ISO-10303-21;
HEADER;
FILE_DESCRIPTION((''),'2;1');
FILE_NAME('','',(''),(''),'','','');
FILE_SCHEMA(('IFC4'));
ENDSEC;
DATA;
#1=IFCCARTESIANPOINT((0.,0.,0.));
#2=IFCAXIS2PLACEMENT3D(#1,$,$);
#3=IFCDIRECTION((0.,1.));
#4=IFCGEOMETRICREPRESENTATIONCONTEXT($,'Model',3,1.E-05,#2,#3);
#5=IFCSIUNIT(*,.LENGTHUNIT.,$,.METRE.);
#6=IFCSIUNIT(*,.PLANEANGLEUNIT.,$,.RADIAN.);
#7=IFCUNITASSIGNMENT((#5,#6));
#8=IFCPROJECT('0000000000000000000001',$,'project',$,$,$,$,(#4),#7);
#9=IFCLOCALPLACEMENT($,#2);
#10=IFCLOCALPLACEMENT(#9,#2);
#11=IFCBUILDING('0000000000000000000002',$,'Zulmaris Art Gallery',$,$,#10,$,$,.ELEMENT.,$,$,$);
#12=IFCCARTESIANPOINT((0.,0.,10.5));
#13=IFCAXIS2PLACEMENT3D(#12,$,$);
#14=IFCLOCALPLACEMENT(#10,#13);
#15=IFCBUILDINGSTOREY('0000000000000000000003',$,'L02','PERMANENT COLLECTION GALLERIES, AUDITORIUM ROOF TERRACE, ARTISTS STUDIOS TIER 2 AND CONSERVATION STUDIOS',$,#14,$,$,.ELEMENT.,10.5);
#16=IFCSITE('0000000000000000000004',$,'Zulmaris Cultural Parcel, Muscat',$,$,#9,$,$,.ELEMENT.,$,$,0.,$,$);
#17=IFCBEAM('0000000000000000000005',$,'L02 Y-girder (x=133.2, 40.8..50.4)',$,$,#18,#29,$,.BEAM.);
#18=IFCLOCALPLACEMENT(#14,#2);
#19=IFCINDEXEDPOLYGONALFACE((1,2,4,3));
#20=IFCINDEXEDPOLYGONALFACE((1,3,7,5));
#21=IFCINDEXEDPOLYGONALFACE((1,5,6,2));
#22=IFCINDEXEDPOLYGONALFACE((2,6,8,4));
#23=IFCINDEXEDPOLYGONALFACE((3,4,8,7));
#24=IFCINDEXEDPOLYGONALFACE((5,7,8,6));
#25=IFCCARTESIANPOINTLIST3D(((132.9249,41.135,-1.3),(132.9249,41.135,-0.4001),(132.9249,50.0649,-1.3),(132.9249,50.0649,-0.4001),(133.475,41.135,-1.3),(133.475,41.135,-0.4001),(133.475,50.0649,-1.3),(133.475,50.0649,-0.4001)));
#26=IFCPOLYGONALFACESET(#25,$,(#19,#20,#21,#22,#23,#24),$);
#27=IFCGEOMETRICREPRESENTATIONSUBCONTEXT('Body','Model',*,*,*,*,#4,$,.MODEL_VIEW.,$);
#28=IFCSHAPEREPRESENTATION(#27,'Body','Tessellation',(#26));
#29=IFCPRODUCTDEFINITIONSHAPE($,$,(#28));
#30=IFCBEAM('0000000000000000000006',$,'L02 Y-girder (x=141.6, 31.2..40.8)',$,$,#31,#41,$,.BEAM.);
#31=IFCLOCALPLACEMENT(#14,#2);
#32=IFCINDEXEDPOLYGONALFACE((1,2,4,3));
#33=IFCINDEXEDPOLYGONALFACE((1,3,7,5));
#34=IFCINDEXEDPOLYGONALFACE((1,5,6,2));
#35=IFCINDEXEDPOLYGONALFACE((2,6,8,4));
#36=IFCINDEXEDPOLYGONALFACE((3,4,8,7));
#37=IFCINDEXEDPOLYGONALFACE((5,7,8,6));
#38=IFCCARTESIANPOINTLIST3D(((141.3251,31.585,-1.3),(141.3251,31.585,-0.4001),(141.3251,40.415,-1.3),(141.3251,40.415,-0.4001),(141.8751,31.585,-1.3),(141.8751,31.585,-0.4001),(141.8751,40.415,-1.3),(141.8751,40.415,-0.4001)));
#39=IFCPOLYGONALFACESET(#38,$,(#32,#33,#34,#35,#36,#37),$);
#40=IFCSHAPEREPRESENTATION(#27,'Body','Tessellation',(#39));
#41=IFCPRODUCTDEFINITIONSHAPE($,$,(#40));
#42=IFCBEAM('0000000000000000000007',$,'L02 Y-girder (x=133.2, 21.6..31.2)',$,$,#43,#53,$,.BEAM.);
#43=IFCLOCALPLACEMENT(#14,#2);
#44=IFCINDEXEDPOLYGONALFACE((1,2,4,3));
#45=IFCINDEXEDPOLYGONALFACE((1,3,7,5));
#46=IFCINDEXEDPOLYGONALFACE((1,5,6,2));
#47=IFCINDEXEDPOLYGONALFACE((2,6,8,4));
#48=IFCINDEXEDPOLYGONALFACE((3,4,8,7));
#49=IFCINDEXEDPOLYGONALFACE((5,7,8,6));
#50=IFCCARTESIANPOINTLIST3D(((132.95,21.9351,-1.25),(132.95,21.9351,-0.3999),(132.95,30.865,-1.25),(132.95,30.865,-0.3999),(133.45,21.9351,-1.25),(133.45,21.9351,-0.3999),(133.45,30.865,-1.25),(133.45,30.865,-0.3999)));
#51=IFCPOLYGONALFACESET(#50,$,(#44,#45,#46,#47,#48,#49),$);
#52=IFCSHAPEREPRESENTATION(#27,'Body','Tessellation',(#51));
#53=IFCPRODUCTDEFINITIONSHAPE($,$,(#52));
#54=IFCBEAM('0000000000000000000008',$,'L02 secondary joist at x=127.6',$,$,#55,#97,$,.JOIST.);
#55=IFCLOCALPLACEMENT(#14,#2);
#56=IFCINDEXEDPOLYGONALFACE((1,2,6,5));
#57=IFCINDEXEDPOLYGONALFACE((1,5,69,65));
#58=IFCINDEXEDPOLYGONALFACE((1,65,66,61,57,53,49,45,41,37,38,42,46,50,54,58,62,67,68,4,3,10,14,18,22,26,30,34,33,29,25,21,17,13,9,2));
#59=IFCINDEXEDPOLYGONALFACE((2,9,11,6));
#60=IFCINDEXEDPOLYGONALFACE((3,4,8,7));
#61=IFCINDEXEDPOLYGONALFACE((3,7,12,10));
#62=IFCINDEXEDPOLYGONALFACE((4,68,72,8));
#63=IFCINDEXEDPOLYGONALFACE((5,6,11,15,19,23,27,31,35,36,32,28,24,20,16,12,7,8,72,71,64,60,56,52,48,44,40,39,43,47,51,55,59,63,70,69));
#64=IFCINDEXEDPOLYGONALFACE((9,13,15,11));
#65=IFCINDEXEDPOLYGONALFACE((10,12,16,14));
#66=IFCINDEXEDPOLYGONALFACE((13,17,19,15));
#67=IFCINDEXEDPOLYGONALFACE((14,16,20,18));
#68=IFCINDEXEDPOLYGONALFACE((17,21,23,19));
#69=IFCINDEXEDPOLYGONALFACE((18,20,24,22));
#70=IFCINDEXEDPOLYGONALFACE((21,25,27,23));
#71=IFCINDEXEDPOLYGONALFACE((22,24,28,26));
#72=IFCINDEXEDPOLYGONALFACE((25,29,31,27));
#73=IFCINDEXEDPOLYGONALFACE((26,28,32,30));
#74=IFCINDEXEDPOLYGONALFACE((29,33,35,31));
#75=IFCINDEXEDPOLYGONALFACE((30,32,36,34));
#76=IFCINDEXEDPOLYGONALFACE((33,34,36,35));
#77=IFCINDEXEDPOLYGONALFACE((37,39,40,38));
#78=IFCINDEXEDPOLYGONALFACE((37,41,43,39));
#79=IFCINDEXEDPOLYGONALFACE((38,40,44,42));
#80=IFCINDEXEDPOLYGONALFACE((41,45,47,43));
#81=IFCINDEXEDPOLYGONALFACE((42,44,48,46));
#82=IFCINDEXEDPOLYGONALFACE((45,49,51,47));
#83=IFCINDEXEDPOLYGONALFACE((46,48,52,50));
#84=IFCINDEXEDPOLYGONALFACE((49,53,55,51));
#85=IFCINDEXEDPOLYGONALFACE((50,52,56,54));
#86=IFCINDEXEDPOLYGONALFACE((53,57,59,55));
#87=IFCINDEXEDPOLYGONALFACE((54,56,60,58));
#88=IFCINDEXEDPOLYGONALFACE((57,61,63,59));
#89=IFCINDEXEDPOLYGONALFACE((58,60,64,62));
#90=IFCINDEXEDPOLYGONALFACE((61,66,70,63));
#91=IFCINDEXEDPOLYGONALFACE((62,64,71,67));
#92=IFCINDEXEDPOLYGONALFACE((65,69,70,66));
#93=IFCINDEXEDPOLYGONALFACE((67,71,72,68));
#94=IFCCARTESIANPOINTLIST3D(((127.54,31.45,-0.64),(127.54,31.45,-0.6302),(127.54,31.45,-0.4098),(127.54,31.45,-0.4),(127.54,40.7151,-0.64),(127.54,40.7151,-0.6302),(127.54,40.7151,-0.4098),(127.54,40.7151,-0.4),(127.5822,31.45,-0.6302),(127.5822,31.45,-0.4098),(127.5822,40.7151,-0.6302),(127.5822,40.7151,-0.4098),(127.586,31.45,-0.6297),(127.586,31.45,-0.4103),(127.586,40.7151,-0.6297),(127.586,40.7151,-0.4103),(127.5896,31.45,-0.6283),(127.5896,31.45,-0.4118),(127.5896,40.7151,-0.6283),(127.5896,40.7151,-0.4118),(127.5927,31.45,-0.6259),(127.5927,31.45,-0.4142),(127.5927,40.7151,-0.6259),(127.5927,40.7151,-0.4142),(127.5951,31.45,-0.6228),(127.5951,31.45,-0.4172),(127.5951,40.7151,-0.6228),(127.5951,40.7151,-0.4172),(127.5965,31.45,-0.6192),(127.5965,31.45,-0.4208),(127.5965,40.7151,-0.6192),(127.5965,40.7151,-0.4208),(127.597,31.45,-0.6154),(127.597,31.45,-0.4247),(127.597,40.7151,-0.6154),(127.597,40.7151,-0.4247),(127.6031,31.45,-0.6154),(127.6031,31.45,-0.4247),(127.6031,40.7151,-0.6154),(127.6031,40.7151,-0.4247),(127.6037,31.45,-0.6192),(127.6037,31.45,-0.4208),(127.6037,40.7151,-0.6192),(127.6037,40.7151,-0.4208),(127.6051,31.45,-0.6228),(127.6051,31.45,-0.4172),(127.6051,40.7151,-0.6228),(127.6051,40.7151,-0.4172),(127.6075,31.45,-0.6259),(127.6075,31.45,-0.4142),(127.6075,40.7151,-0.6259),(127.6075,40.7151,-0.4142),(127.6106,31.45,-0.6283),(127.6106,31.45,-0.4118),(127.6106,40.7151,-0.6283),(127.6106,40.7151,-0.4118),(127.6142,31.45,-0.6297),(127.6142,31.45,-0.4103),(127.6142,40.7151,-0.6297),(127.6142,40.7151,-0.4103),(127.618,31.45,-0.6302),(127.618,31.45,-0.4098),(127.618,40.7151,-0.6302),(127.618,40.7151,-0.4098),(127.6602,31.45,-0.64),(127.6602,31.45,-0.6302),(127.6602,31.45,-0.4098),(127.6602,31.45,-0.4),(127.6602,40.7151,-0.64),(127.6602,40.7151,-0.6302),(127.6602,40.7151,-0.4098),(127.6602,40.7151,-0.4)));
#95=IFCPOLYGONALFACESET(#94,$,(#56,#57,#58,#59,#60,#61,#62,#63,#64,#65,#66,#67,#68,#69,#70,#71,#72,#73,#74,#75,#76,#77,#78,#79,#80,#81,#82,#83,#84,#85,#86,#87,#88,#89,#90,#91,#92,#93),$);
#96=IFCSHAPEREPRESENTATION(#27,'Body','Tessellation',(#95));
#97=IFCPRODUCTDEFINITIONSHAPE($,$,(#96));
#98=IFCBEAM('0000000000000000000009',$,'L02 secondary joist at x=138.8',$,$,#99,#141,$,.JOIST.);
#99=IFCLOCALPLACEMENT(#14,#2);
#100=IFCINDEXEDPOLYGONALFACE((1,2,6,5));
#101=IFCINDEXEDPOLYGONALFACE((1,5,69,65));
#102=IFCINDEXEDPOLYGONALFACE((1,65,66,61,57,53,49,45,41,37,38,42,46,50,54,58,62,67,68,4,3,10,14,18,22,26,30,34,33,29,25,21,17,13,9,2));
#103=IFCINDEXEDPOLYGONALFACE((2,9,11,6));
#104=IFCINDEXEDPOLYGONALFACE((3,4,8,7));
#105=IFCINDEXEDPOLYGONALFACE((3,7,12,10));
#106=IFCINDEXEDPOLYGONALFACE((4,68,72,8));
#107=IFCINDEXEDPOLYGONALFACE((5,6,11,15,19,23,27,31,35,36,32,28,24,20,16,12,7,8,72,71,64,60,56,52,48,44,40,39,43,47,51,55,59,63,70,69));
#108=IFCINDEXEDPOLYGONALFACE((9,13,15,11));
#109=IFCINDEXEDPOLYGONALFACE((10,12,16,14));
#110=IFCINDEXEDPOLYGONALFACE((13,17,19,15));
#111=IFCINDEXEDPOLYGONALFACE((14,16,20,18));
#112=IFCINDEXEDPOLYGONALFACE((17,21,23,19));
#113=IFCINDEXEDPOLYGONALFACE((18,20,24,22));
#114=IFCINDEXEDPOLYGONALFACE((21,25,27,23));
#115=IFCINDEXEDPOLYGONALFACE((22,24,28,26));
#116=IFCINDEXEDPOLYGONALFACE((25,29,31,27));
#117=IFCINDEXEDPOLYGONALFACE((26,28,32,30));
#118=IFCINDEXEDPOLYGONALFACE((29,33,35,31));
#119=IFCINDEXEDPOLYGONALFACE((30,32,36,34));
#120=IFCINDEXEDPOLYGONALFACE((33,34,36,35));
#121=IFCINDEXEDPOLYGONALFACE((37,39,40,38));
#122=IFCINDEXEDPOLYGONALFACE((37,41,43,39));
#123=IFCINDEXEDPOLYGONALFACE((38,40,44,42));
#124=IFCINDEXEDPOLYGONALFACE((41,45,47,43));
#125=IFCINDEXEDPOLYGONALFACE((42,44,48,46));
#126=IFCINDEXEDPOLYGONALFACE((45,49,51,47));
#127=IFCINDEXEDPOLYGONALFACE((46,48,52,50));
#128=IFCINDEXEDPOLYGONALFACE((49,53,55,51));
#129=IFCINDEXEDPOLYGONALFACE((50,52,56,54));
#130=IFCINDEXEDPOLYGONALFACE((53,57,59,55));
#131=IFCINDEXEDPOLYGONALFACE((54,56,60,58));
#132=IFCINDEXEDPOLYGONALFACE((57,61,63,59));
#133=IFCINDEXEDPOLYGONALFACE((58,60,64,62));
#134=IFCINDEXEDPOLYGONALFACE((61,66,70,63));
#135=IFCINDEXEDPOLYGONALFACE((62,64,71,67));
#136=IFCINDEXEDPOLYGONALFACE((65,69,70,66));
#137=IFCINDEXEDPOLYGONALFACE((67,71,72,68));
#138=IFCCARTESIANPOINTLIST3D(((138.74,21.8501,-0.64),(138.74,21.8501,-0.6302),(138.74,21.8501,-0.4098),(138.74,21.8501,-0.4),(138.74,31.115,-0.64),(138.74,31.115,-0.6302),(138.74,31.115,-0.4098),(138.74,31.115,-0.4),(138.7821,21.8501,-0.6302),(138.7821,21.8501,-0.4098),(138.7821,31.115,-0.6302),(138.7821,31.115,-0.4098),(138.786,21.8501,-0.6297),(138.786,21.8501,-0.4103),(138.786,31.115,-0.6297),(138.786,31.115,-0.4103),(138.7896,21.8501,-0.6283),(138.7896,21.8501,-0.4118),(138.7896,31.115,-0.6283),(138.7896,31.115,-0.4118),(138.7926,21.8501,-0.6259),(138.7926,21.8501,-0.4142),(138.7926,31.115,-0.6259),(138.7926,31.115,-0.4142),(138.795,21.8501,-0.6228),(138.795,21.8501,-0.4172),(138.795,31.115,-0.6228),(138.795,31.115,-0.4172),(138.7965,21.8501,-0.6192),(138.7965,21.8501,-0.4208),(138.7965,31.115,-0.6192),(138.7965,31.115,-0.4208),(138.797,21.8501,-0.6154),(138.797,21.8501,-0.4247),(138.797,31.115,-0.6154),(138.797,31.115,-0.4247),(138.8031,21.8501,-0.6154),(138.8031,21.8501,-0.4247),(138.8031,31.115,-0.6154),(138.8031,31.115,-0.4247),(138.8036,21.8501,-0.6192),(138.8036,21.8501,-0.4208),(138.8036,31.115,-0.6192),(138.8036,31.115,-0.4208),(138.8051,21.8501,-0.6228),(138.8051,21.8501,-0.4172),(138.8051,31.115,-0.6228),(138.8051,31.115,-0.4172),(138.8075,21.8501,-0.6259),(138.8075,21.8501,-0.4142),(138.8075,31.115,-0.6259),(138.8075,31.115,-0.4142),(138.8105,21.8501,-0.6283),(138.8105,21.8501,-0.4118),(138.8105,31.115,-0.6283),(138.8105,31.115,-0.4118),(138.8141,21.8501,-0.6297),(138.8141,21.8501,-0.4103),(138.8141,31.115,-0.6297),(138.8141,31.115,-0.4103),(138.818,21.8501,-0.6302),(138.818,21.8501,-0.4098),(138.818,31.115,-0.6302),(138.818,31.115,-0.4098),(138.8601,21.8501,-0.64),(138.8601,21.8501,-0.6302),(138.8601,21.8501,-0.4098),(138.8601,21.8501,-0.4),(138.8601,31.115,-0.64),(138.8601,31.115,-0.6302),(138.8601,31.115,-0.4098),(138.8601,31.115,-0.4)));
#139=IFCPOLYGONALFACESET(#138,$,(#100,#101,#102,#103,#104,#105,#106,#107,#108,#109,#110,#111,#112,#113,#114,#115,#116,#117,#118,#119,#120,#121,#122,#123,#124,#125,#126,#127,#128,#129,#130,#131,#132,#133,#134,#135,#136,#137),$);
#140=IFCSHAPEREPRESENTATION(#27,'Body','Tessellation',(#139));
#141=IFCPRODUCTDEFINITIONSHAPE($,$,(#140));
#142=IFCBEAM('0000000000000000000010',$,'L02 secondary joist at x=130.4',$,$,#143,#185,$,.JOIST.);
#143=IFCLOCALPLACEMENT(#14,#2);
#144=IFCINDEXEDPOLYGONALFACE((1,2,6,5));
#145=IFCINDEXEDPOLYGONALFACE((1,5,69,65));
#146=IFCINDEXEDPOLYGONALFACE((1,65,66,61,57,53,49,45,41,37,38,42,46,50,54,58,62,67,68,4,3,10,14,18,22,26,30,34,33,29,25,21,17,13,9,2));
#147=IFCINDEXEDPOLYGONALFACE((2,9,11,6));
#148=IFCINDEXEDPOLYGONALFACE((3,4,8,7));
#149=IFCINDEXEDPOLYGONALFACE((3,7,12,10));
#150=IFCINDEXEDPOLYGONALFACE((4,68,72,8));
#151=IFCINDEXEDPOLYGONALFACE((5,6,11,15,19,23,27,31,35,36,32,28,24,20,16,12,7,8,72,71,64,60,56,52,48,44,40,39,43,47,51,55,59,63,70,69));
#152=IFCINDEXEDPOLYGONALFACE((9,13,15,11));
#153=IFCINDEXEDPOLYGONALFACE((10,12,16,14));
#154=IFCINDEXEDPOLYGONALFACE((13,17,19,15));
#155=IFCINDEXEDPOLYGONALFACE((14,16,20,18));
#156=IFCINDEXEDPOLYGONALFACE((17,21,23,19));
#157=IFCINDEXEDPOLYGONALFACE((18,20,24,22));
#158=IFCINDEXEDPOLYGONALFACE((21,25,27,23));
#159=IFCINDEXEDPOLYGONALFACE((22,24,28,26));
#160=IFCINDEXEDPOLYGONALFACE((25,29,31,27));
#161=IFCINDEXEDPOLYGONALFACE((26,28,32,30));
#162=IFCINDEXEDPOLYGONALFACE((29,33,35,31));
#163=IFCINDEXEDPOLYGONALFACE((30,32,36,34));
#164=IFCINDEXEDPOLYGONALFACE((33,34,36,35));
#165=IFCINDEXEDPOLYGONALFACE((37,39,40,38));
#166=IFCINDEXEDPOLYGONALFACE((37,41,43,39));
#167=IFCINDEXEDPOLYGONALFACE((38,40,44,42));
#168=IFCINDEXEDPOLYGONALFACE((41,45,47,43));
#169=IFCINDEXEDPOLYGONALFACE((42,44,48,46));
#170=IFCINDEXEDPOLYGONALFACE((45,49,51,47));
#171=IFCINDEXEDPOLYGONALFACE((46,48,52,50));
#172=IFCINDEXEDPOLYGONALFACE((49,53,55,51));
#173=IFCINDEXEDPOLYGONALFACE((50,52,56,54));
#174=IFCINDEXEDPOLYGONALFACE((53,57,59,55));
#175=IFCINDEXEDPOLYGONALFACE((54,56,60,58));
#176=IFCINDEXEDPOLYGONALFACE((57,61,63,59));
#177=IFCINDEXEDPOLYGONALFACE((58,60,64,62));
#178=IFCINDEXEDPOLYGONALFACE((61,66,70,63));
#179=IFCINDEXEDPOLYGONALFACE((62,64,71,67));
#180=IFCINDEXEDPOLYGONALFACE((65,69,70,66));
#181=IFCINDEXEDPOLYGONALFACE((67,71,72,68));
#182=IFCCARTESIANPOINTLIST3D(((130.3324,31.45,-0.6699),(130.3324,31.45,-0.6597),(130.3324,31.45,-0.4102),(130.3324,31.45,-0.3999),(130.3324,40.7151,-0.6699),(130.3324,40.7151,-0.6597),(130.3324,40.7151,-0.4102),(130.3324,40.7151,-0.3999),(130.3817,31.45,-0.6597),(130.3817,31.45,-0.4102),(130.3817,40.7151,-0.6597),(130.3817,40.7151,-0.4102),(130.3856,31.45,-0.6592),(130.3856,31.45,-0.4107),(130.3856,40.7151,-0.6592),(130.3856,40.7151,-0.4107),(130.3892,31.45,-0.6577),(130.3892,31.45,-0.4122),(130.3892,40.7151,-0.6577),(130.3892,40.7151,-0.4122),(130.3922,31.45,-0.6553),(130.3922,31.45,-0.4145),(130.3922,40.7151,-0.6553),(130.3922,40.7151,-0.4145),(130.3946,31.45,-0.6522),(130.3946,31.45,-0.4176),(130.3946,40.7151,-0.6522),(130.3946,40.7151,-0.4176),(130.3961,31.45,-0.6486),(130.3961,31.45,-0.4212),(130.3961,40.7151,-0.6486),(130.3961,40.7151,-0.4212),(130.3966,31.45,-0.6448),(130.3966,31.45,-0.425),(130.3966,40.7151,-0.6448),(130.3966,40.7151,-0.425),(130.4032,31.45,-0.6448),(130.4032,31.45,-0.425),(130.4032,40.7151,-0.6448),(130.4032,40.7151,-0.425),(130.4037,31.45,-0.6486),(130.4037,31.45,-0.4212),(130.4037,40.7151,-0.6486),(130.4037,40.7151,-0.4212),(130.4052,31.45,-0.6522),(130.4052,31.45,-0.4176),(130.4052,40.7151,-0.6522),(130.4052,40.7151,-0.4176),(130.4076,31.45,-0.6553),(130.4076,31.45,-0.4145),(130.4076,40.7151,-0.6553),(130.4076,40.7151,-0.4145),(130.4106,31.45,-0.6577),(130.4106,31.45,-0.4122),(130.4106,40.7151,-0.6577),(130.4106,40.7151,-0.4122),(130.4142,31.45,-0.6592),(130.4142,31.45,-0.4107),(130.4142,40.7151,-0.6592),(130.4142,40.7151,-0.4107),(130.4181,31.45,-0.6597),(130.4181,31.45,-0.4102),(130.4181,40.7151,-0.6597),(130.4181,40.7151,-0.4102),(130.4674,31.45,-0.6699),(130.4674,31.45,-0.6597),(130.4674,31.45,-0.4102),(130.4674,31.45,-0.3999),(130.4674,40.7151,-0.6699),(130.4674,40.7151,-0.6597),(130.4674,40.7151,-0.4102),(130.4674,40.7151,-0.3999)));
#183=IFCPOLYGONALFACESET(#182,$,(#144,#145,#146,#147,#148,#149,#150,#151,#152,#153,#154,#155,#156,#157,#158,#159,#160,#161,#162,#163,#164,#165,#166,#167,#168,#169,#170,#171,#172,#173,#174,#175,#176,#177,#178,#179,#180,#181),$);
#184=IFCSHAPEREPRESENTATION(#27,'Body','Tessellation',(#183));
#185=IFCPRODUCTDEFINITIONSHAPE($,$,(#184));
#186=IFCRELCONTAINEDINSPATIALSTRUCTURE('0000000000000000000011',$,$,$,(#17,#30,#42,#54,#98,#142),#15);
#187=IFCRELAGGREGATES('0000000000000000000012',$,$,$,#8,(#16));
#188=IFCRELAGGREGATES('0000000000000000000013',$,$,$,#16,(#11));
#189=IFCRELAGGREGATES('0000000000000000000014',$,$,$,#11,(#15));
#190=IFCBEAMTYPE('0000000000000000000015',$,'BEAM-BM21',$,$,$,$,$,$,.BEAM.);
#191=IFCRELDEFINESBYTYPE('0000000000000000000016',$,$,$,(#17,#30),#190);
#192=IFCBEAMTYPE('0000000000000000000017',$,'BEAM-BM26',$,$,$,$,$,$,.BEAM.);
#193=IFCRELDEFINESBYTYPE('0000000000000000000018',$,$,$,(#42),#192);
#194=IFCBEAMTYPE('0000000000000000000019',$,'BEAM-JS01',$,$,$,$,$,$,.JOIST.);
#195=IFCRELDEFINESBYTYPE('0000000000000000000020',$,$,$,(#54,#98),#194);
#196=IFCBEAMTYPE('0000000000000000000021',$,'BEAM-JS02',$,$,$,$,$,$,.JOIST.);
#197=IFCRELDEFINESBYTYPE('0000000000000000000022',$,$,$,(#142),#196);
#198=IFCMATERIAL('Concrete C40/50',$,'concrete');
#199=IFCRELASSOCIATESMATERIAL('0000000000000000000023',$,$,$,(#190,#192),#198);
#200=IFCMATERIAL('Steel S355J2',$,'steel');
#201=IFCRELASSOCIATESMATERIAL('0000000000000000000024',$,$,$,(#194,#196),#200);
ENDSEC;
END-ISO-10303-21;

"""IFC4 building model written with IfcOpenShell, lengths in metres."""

from ifc_helpers import new_model, si_unit, direction, frame, origin, origin_2d, place, context, subcontext, project, spatial, rectangle, i_section, extrude, material, material_profile, profile_set, type_object, element, save


model = new_model("IFC4")

# Units and contexts
model_context = context("Model", 3, precision=1e-05, world=origin(), true_north=direction((0.0, 1.0)))
body_context = subcontext(model_context, "Body", "Model", "MODEL_VIEW")
ifc_project = project(units=[si_unit("LENGTHUNIT", "METRE"), si_unit("PLANEANGLEUNIT", "RADIAN")], contexts=[model_context])

# Site, building, storey
site_placement = place(None, origin())
site = spatial("IfcSite", under=ifc_project, at=site_placement, Name="Zulmaris Cultural Parcel, Muscat", CompositionType="ELEMENT", RefElevation=0.0)
building_placement = place(site_placement, origin())
building = spatial("IfcBuilding", under=site, at=building_placement, Name="Zulmaris Art Gallery", CompositionType="ELEMENT")
storey_placement = place(building_placement, frame((0.0, 0.0, 10.5)))
storey = spatial("IfcBuildingStorey", under=building, at=storey_placement, Name="L02", Description="PERMANENT COLLECTION GALLERIES, AUDITORIUM ROOF TERRACE, ARTISTS STUDIOS TIER 2 AND CONSERVATION STUDIOS", CompositionType="ELEMENT", Elevation=10.5)

# Shared definitions
ifc_material_1 = material(Name="Concrete C40/50", Category="concrete")

# Beams
ifc_material_2 = material(Name="Steel S355J2", Category="steel")
ifc_material_profile_1 = material_profile(ifc_material_1, rectangle(XDim=0.55, YDim=0.8999, at=origin_2d()), Name="RC 550x900")
ifc_profile_set_1 = profile_set([ifc_material_profile_1], Name="Concrete C40/50")
beam_type_1 = type_object("IfcBeamType", Name="BEAM-BM21", PredefinedType="BEAM", material=ifc_profile_set_1)
beam_1_placement = place(storey_placement, frame((133.2, 41.135, -0.8501), z_axis=(0.0, 1.0, 0.0), x_axis=(-1.0, 0.0, 0.0)))
element("IfcBeam", 1, at=beam_1_placement, inside=storey, type_object=beam_type_1, Name="L02 Y-girder (x=133.2, 40.8..50.4)", PredefinedType="BEAM", context=body_context, shape_type="SweptSolid", body=[
    extrude(rectangle(XDim=0.55, YDim=0.8999, at=origin_2d()), origin(), (0.0, 0.0, 1.0), 8.9299),
])
beam_2_placement = place(storey_placement, frame((141.6001, 31.585, -0.8501), z_axis=(0.0, 1.0, 0.0), x_axis=(-1.0, 0.0, 0.0)))
element("IfcBeam", 2, at=beam_2_placement, inside=storey, type_object=beam_type_1, Name="L02 Y-girder (x=141.6, 31.2..40.8)", PredefinedType="BEAM", context=body_context, shape_type="SweptSolid", body=[
    extrude(rectangle(XDim=0.55, YDim=0.8999, at=origin_2d()), origin(), (0.0, 0.0, 1.0), 8.8301),
])
ifc_material_profile_2 = material_profile(ifc_material_1, rectangle(XDim=0.5, YDim=0.8501, at=origin_2d()), Name="RC 500x850")
ifc_profile_set_2 = profile_set([ifc_material_profile_2], Name="Concrete C40/50")
beam_type_2 = type_object("IfcBeamType", Name="BEAM-BM26", PredefinedType="BEAM", material=ifc_profile_set_2)
beam_3_placement = place(storey_placement, frame((133.2, 21.9351, -0.825), z_axis=(0.0, 1.0, 0.0), x_axis=(-1.0, 0.0, 0.0)))
element("IfcBeam", 3, at=beam_3_placement, inside=storey, type_object=beam_type_2, Name="L02 Y-girder (x=133.2, 21.6..31.2)", PredefinedType="BEAM", context=body_context, shape_type="SweptSolid", body=[
    extrude(rectangle(XDim=0.5, YDim=0.8501, at=origin_2d()), origin(), (0.0, 0.0, 1.0), 8.9299),
])
ifc_material_profile_3 = material_profile(ifc_material_2, i_section(OverallWidth=0.1201, OverallDepth=0.24, WebThickness=0.0061, FlangeThickness=0.0098, FilletRadius=0.0149, at=origin_2d()), Name="IPE 240")
ifc_profile_set_3 = profile_set([ifc_material_profile_3], Name="Steel S355J2")
beam_type_3 = type_object("IfcBeamType", Name="BEAM-JS01", PredefinedType="JOIST", material=ifc_profile_set_3)
beam_4_placement = place(storey_placement, frame((127.6001, 31.45, -0.52), z_axis=(0.0, 1.0, 0.0), x_axis=(-1.0, 0.0, 0.0)))
element("IfcBeam", 4, at=beam_4_placement, inside=storey, type_object=beam_type_3, Name="L02 secondary joist at x=127.6", PredefinedType="JOIST", context=body_context, shape_type="SweptSolid", body=[
    extrude(i_section(OverallWidth=0.1201, OverallDepth=0.24, WebThickness=0.0061, FlangeThickness=0.0098, FilletRadius=0.0149, at=origin_2d()), origin(), (0.0, 0.0, 1.0), 9.2651),
])
beam_5_placement = place(storey_placement, frame((138.8, 21.8501, -0.52), z_axis=(0.0, 1.0, 0.0), x_axis=(-1.0, 0.0, 0.0)))
element("IfcBeam", 5, at=beam_5_placement, inside=storey, type_object=beam_type_3, Name="L02 secondary joist at x=138.8", PredefinedType="JOIST", context=body_context, shape_type="SweptSolid", body=[
    extrude(i_section(OverallWidth=0.1201, OverallDepth=0.24, WebThickness=0.0061, FlangeThickness=0.0098, FilletRadius=0.0149, at=origin_2d()), origin(), (0.0, 0.0, 1.0), 9.2649),
])
ifc_material_profile_4 = material_profile(ifc_material_2, i_section(OverallWidth=0.135, OverallDepth=0.27, WebThickness=0.0066, FlangeThickness=0.0103, FilletRadius=0.0149, at=origin_2d()), Name="IPE 270")
ifc_profile_set_4 = profile_set([ifc_material_profile_4], Name="Steel S355J2")
beam_type_4 = type_object("IfcBeamType", Name="BEAM-JS02", PredefinedType="JOIST", material=ifc_profile_set_4)
beam_6_placement = place(storey_placement, frame((130.3999, 31.45, -0.5349), z_axis=(0.0, 1.0, 0.0), x_axis=(-1.0, 0.0, 0.0)))
element("IfcBeam", 6, at=beam_6_placement, inside=storey, type_object=beam_type_4, Name="L02 secondary joist at x=130.4", PredefinedType="JOIST", context=body_context, shape_type="SweptSolid", body=[
    extrude(i_section(OverallWidth=0.135, OverallDepth=0.27, WebThickness=0.0066, FlangeThickness=0.0103, FilletRadius=0.0149, at=origin_2d()), origin(), (0.0, 0.0, 1.0), 9.2651),
])

save(model, "model.ifc")
